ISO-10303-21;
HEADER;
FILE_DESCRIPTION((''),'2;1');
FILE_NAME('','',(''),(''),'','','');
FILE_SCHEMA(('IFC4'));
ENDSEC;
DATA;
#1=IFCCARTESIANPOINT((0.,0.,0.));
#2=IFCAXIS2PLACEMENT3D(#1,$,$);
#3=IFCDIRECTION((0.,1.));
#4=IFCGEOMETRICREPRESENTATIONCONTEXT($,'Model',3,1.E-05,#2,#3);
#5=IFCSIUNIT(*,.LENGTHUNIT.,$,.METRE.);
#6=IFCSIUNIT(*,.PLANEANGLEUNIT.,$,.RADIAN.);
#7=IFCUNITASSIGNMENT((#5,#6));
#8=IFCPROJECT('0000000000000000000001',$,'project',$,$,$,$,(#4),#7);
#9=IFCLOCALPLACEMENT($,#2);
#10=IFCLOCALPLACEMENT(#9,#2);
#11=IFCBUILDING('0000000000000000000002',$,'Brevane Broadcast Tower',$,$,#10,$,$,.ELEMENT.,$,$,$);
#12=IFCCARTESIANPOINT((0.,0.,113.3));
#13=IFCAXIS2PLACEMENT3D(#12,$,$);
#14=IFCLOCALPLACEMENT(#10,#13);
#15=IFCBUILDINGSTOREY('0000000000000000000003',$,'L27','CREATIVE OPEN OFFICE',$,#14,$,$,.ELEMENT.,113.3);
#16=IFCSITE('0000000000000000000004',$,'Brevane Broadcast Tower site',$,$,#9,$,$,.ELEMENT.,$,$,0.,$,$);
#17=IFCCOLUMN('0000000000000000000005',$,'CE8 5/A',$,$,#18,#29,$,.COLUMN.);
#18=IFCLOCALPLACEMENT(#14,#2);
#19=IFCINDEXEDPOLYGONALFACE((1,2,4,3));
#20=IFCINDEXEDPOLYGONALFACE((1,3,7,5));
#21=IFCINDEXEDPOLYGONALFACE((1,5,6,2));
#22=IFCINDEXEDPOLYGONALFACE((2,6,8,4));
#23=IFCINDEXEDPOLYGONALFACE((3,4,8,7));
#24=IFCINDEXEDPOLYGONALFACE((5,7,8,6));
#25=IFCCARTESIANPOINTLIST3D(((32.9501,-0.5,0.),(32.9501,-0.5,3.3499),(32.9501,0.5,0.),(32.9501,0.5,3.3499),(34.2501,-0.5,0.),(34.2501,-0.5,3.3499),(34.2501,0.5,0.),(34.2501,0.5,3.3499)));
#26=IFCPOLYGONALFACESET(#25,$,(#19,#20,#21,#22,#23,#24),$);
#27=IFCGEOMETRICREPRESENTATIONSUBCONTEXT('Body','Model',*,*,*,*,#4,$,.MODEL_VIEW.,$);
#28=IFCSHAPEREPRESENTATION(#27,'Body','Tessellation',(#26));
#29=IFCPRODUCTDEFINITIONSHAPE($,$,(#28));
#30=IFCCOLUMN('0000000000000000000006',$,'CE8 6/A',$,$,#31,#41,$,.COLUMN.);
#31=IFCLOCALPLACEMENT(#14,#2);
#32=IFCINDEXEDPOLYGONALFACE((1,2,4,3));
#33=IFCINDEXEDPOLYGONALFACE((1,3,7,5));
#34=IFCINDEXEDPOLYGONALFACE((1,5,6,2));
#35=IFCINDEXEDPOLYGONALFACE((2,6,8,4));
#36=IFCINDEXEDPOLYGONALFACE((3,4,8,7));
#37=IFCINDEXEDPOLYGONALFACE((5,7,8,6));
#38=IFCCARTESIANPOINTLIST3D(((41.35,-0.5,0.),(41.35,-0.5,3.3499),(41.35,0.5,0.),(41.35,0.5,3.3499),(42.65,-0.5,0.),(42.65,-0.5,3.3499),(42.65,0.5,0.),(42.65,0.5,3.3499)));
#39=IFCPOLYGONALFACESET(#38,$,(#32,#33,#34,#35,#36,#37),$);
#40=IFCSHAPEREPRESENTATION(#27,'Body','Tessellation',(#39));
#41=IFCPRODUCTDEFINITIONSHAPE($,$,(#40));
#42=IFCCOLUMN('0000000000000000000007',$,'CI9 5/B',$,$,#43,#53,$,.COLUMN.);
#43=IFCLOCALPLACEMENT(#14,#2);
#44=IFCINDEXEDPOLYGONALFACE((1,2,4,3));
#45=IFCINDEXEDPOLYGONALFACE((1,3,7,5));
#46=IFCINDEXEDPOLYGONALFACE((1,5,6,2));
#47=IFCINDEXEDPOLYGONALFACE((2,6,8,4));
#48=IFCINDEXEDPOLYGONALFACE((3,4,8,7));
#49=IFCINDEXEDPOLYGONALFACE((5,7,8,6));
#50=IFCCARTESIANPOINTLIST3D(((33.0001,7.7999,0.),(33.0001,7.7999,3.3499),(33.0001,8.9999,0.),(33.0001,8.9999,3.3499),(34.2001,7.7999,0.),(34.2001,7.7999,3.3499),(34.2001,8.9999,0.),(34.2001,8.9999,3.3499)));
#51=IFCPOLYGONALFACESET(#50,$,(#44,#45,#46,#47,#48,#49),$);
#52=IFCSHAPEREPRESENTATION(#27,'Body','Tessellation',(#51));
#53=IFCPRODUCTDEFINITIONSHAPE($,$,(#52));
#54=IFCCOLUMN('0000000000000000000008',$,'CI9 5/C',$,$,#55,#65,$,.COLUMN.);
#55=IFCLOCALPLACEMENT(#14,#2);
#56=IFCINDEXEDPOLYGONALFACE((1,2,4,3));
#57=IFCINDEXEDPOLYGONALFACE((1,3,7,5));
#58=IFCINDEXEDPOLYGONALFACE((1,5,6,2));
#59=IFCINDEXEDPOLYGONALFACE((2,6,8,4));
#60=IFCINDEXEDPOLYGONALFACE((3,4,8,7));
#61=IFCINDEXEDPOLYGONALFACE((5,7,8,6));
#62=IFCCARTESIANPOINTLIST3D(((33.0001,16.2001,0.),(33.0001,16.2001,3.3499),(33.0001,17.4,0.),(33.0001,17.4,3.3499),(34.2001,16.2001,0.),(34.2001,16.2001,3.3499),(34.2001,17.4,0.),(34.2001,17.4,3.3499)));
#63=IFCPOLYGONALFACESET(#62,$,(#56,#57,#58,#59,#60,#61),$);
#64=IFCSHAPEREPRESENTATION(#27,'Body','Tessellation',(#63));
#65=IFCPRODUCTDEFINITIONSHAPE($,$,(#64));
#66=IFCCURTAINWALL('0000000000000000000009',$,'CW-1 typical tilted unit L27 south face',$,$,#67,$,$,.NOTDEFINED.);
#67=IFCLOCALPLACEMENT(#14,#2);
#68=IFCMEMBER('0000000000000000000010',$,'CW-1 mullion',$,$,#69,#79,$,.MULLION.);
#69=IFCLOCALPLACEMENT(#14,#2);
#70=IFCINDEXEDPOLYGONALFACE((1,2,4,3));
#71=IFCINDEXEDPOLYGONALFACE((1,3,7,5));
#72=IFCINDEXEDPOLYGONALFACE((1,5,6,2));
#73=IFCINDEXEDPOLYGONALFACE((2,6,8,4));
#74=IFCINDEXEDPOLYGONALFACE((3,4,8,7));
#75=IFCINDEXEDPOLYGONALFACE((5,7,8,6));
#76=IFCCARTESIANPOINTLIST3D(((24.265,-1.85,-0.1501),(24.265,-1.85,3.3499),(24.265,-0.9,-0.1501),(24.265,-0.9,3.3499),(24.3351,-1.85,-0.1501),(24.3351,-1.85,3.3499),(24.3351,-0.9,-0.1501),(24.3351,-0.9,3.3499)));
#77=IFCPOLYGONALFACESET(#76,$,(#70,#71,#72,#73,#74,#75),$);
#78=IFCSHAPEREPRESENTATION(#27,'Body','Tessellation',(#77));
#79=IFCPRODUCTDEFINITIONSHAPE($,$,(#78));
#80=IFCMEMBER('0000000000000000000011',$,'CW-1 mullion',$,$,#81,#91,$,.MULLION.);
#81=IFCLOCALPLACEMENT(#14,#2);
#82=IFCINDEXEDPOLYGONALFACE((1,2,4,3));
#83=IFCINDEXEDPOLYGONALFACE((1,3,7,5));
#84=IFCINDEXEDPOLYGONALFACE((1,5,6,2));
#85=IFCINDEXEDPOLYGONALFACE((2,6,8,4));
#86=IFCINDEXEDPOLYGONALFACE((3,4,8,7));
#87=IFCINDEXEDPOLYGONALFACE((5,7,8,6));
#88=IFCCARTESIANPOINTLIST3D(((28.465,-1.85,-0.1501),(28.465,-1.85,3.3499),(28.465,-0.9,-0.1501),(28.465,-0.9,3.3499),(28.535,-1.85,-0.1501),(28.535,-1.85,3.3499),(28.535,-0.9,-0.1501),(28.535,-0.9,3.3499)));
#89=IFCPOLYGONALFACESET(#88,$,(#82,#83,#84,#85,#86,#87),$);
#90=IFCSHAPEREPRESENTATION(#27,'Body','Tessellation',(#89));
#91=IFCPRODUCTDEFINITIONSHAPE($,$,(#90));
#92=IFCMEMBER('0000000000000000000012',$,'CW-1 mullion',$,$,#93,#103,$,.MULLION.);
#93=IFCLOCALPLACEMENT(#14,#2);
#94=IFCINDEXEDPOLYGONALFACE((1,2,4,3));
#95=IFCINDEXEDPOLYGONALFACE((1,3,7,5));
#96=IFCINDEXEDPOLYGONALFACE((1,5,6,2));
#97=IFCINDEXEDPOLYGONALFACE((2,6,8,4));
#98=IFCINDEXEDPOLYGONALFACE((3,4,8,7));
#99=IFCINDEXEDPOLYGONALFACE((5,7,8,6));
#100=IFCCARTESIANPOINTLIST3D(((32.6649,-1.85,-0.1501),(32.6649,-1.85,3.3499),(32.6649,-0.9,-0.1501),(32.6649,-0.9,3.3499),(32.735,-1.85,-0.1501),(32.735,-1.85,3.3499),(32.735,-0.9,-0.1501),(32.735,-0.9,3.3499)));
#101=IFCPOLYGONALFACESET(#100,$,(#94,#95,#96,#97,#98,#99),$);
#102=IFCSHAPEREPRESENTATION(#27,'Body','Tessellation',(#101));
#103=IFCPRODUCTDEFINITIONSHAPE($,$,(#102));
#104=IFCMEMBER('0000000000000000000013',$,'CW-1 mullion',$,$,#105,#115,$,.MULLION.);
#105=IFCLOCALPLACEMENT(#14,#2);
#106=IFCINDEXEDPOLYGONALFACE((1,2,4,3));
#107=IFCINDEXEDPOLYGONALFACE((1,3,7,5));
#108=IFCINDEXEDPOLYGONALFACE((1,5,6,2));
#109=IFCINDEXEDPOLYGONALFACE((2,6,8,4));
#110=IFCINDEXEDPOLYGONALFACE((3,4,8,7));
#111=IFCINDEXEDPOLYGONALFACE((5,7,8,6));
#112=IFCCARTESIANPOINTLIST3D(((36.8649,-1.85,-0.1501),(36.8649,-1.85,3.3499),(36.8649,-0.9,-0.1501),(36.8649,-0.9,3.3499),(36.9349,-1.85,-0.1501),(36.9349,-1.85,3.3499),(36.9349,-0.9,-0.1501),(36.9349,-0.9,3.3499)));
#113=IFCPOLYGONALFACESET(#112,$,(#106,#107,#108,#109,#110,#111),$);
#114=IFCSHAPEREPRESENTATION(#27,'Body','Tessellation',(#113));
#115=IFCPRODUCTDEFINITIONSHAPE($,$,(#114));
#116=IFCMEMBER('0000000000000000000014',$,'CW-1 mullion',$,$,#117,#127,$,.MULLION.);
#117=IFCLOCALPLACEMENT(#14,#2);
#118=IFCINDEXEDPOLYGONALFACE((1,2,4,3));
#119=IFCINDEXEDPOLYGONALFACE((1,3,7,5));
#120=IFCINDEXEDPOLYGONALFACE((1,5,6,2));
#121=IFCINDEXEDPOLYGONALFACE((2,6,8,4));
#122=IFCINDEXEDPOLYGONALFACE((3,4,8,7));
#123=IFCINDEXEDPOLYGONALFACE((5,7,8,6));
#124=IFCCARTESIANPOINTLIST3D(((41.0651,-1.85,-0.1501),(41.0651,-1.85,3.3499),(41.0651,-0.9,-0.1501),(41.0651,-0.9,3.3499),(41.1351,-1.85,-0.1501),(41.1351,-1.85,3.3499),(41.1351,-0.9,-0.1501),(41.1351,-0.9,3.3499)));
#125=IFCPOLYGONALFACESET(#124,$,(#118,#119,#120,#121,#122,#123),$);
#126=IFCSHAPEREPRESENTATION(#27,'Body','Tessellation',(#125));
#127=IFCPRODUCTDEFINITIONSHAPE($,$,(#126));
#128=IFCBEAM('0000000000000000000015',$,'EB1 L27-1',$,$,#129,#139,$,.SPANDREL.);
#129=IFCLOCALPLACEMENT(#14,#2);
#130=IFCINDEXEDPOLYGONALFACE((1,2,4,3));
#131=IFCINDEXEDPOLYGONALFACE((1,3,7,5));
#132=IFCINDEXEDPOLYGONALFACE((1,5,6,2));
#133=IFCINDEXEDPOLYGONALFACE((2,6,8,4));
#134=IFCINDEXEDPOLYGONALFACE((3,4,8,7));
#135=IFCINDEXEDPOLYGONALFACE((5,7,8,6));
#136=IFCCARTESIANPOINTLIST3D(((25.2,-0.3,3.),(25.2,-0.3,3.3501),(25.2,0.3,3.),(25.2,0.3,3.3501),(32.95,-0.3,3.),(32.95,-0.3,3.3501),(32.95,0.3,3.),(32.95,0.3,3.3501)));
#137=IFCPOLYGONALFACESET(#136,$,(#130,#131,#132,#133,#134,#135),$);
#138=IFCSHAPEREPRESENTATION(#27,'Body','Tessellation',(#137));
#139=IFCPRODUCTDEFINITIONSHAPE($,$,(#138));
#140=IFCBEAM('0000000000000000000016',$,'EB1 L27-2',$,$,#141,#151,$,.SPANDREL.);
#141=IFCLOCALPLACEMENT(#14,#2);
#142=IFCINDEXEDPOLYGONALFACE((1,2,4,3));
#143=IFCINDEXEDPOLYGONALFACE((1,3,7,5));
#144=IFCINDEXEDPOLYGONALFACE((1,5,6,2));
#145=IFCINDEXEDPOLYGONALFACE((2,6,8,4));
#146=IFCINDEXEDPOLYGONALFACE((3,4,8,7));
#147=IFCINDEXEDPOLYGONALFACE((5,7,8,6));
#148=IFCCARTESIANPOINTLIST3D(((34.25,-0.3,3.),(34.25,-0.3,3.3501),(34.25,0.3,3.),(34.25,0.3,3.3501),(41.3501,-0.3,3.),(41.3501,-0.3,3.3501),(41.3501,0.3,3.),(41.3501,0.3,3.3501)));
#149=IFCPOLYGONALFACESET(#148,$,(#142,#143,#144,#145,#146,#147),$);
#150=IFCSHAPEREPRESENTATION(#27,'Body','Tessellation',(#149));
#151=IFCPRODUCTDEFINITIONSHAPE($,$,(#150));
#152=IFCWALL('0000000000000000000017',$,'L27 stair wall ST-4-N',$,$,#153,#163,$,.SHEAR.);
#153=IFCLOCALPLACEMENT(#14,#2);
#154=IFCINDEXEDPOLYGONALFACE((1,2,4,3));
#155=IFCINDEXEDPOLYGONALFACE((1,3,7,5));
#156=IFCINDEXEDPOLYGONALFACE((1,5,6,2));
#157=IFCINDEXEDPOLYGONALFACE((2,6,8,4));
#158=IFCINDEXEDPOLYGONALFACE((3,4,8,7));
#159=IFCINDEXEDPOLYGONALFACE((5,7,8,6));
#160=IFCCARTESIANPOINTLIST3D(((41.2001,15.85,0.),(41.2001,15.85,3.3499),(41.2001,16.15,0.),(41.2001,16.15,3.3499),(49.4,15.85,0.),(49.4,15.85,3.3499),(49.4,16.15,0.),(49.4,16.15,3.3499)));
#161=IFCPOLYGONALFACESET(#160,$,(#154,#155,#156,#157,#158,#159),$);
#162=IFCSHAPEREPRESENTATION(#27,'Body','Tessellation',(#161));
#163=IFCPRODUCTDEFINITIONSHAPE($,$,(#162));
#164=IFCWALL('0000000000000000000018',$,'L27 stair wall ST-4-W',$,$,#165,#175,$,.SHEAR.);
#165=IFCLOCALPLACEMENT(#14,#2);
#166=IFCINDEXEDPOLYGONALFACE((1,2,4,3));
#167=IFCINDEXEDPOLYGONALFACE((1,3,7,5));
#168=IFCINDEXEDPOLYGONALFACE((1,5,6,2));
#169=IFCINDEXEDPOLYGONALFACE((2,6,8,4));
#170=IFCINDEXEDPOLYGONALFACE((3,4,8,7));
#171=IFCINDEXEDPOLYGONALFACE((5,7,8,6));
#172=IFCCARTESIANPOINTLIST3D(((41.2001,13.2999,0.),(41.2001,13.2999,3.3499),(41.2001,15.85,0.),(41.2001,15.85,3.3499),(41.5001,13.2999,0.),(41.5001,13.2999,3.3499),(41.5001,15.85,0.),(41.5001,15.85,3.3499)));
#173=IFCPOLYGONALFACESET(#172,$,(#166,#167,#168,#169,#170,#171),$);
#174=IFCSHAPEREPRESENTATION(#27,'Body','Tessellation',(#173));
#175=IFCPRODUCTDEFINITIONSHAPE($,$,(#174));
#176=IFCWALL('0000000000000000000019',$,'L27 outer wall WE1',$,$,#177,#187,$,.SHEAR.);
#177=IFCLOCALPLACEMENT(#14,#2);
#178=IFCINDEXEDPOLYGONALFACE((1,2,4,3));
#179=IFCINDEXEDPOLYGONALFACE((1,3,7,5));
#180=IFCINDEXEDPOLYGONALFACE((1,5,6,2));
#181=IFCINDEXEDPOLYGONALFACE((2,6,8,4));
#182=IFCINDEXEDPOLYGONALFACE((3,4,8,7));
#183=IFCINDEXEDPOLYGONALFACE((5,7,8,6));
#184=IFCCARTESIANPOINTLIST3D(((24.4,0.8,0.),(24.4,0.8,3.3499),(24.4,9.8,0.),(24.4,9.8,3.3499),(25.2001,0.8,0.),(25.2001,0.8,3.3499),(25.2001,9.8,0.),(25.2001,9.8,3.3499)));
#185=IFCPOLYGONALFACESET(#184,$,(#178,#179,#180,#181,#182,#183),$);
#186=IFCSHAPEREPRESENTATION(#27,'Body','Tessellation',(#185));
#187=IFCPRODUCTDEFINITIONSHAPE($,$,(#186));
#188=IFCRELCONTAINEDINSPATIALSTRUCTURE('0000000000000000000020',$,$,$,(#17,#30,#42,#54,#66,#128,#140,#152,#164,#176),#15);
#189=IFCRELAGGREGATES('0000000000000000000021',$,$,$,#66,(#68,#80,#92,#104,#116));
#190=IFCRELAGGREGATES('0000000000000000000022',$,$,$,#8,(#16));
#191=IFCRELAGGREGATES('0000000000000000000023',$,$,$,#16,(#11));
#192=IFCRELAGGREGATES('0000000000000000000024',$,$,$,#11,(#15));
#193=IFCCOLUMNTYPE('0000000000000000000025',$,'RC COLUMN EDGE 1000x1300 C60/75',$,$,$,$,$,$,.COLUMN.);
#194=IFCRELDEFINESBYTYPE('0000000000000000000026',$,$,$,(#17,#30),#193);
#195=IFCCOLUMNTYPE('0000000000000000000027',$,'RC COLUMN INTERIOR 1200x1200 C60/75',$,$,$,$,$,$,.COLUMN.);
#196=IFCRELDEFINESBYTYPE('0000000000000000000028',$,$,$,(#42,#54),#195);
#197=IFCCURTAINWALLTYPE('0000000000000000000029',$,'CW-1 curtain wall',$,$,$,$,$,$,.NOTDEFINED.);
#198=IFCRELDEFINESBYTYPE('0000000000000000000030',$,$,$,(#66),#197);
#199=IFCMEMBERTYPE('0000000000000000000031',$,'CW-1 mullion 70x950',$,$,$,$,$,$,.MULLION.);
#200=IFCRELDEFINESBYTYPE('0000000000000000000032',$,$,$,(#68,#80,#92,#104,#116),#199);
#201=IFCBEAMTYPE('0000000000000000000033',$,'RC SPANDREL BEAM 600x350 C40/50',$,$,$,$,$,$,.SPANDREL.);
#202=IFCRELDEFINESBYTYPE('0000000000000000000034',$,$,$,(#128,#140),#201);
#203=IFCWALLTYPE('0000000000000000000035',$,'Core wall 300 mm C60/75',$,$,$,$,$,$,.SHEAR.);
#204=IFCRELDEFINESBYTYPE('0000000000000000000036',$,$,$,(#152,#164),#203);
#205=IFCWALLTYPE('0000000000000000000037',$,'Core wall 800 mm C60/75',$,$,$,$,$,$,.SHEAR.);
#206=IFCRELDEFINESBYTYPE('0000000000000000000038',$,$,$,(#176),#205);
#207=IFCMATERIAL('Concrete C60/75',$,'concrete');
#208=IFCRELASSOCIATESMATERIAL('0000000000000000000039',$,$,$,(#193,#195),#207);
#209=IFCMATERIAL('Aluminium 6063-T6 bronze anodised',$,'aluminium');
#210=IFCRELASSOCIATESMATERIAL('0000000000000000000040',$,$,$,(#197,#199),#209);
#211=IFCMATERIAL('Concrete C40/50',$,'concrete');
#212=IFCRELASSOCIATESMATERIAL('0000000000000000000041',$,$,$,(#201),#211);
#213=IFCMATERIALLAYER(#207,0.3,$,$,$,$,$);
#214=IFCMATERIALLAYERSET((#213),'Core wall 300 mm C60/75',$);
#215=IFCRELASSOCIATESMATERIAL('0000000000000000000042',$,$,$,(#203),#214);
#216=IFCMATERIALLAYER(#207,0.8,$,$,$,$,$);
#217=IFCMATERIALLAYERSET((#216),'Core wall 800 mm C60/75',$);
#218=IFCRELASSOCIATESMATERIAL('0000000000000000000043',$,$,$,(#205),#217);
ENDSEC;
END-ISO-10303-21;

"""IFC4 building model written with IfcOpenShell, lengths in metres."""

from ifc_helpers import new_model, si_unit, direction, frame, frame_2d, origin, origin_2d, place, context, subcontext, project, spatial, rectangle, extrude, material, layer, layer_set, material_profile, profile_set, type_object, element, aggregate, save


model = new_model("IFC4")

# Units and contexts
model_context = context("Model", 3, precision=1e-05, world=origin(), true_north=direction((0.0, 1.0)))
body_context = subcontext(model_context, "Body", "Model", "MODEL_VIEW")
ifc_project = project(units=[si_unit("LENGTHUNIT", "METRE"), si_unit("PLANEANGLEUNIT", "RADIAN")], contexts=[model_context])

# Site, building, storey
site_placement = place(None, origin())
site = spatial("IfcSite", under=ifc_project, at=site_placement, Name="Brevane Broadcast Tower site", CompositionType="ELEMENT", RefElevation=0.0)
building_placement = place(site_placement, origin())
building = spatial("IfcBuilding", under=site, at=building_placement, Name="Brevane Broadcast Tower", CompositionType="ELEMENT")
storey_placement = place(building_placement, frame((0.0, 0.0, 113.3)))
storey = spatial("IfcBuildingStorey", under=building, at=storey_placement, Name="L27", Description="CREATIVE OPEN OFFICE", CompositionType="ELEMENT", Elevation=113.3)

# Columns
ifc_material_1 = material(Name="Concrete C60/75", Category="concrete")
ifc_material_profile_1 = material_profile(ifc_material_1, rectangle(XDim=1.0, YDim=1.3, at=origin_2d()), Name="RC 1000x1300")
ifc_profile_set_1 = profile_set([ifc_material_profile_1], Name="Concrete C60/75")
column_type_1 = type_object("IfcColumnType", Name="RC COLUMN EDGE 1000x1300 C60/75", PredefinedType="COLUMN", material=ifc_profile_set_1)
for number, where, z_axis, x_axis, name in (
    (1, (33.6001, 0.0, 0.0), (0.0, 0.0, 1.0), (0.0, 1.0, 0.0), "CE8 5/A"),
    (2, (42.0, 0.0, 0.0), (0.0, 0.0, 1.0), (0.0, 1.0, 0.0), "CE8 6/A"),
):
    element("IfcColumn", number, at=place(storey_placement, frame(where, z_axis=z_axis, x_axis=x_axis)), inside=storey, type_object=column_type_1, Name=name, PredefinedType="COLUMN", context=body_context, shape_type="SweptSolid", body=[
        extrude(rectangle(XDim=1.0, YDim=1.3, at=origin_2d()), origin(), (0.0, 0.0, 1.0), 3.3499),
    ])
ifc_material_profile_2 = material_profile(ifc_material_1, rectangle(XDim=1.2, YDim=1.2, at=origin_2d()), Name="RC 1200x1200")
ifc_profile_set_2 = profile_set([ifc_material_profile_2], Name="Concrete C60/75")
column_type_2 = type_object("IfcColumnType", Name="RC COLUMN INTERIOR 1200x1200 C60/75", PredefinedType="COLUMN", material=ifc_profile_set_2)
for number, where, z_axis, x_axis, name in (
    (3, (33.6001, 8.3999, 0.0), (0.0, 0.0, 1.0), (1.0, 0.0, 0.0), "CI9 5/B"),
    (4, (33.6001, 16.8, 0.0), (0.0, 0.0, 1.0), (1.0, 0.0, 0.0), "CI9 5/C"),
):
    element("IfcColumn", number, at=place(storey_placement, frame(where, z_axis=z_axis, x_axis=x_axis)), inside=storey, type_object=column_type_2, Name=name, PredefinedType="COLUMN", context=body_context, shape_type="SweptSolid", body=[
        extrude(rectangle(XDim=1.2, YDim=1.2, at=origin_2d()), origin(), (0.0, 0.0, 1.0), 3.3499),
    ])

# Curtain wall, members
ifc_material_2 = material(Name="Aluminium 6063-T6 bronze anodised", Category="aluminium")
curtain_wall_type = type_object("IfcCurtainWallType", Name="CW-1 curtain wall", PredefinedType="NOTDEFINED", material=ifc_material_2)
curtain_wall_placement = place(storey_placement, origin())
curtain_wall = element("IfcCurtainWall", 5, at=curtain_wall_placement, inside=storey, type_object=curtain_wall_type, Name="CW-1 typical tilted unit L27 south face", PredefinedType="NOTDEFINED")
ifc_material_profile_3 = material_profile(ifc_material_2, rectangle(XDim=0.95, YDim=0.0701, at=origin_2d()), Name="RECT 70x950")
ifc_profile_set_3 = profile_set([ifc_material_profile_3], Name="Aluminium 6063-T6 bronze anodised")
member_type = type_object("IfcMemberType", Name="CW-1 mullion 70x950", PredefinedType="MULLION", material=ifc_profile_set_3)
member_1_placement = place(storey_placement, frame((24.3, -1.375, -0.1501), z_axis=(0.0, 0.0, 1.0), x_axis=(0.0, 1.0, 0.0)))
member_1 = element("IfcMember", 6, at=member_1_placement, type_object=member_type, Name="CW-1 mullion", PredefinedType="MULLION", context=body_context, shape_type="SweptSolid", body=[
    extrude(rectangle(XDim=0.95, YDim=0.0701, at=origin_2d()), origin(), (0.0, 0.0, 1.0), 3.5),
])
member_2_placement = place(storey_placement, frame((28.5, -1.375, -0.1501), z_axis=(0.0, 0.0, 1.0), x_axis=(0.0, 1.0, 0.0)))
member_2 = element("IfcMember", 7, at=member_2_placement, type_object=member_type, Name="CW-1 mullion", PredefinedType="MULLION", context=body_context, shape_type="SweptSolid", body=[
    extrude(rectangle(XDim=0.95, YDim=0.0701, at=origin_2d()), origin(), (0.0, 0.0, 1.0), 3.5),
])
member_3_placement = place(storey_placement, frame((32.7, -1.375, -0.1501), z_axis=(0.0, 0.0, 1.0), x_axis=(0.0, 1.0, 0.0)))
member_3 = element("IfcMember", 8, at=member_3_placement, type_object=member_type, Name="CW-1 mullion", PredefinedType="MULLION", context=body_context, shape_type="SweptSolid", body=[
    extrude(rectangle(XDim=0.95, YDim=0.0701, at=origin_2d()), origin(), (0.0, 0.0, 1.0), 3.5),
])
member_4_placement = place(storey_placement, frame((36.8999, -1.375, -0.1501), z_axis=(0.0, 0.0, 1.0), x_axis=(0.0, 1.0, 0.0)))
member_4 = element("IfcMember", 9, at=member_4_placement, type_object=member_type, Name="CW-1 mullion", PredefinedType="MULLION", context=body_context, shape_type="SweptSolid", body=[
    extrude(rectangle(XDim=0.95, YDim=0.0701, at=origin_2d()), origin(), (0.0, 0.0, 1.0), 3.5),
])
member_5_placement = place(storey_placement, frame((41.1001, -1.375, -0.1501), z_axis=(0.0, 0.0, 1.0), x_axis=(0.0, 1.0, 0.0)))
member_5 = element("IfcMember", 10, at=member_5_placement, type_object=member_type, Name="CW-1 mullion", PredefinedType="MULLION", context=body_context, shape_type="SweptSolid", body=[
    extrude(rectangle(XDim=0.95, YDim=0.0701, at=origin_2d()), origin(), (0.0, 0.0, 1.0), 3.5),
])
aggregate(curtain_wall, [member_1, member_2, member_3, member_4, member_5])

# Beams
ifc_material_3 = material(Name="Concrete C40/50", Category="concrete")
ifc_material_profile_4 = material_profile(ifc_material_3, rectangle(XDim=0.6001, YDim=0.3501, at=origin_2d()), Name="RC 600x350")
ifc_profile_set_4 = profile_set([ifc_material_profile_4], Name="Concrete C40/50")
beam_type = type_object("IfcBeamType", Name="RC SPANDREL BEAM 600x350 C40/50", PredefinedType="SPANDREL", material=ifc_profile_set_4)
beam_1_placement = place(storey_placement, frame((25.2, 0.0, 3.175), z_axis=(1.0, 0.0, 0.0), x_axis=(0.0, 1.0, 0.0)))
element("IfcBeam", 11, at=beam_1_placement, inside=storey, type_object=beam_type, Name="EB1 L27-1", PredefinedType="SPANDREL", context=body_context, shape_type="SweptSolid", body=[
    extrude(rectangle(XDim=0.6001, YDim=0.3501, at=origin_2d()), origin(), (0.0, 0.0, 1.0), 7.75),
])
beam_2_placement = place(storey_placement, frame((34.25, 0.0, 3.175), z_axis=(1.0, 0.0, 0.0), x_axis=(0.0, 1.0, 0.0)))
element("IfcBeam", 12, at=beam_2_placement, inside=storey, type_object=beam_type, Name="EB1 L27-2", PredefinedType="SPANDREL", context=body_context, shape_type="SweptSolid", body=[
    extrude(rectangle(XDim=0.6001, YDim=0.3501, at=origin_2d()), origin(), (0.0, 0.0, 1.0), 7.1001),
])

# Walls
ifc_layer_1 = layer(ifc_material_1, 0.3)
ifc_layer_set_1 = layer_set([ifc_layer_1], Name="Core wall 300 mm C60/75")
wall_type_1 = type_object("IfcWallType", Name="Core wall 300 mm C60/75", PredefinedType="SHEAR", material=ifc_layer_set_1)
wall_1_placement = place(storey_placement, frame((41.2, 16.0, 0.0), z_axis=(0.0, 0.0, 1.0), x_axis=(1.0, 0.0, 0.0)))
element("IfcWall", 13, at=wall_1_placement, inside=storey, type_object=wall_type_1, Name="L27 stair wall ST-4-N", PredefinedType="SHEAR", context=body_context, shape_type="SweptSolid", body=[
    extrude(rectangle(XDim=8.2, YDim=0.3, at=frame_2d((4.1001, 0.0))), origin(), (0.0, 0.0, 1.0), 3.3499),
])
wall_2_placement = place(storey_placement, frame((41.3501, 13.3, 0.0), z_axis=(0.0, 0.0, 1.0), x_axis=(0.0, 1.0, 0.0)))
element("IfcWall", 14, at=wall_2_placement, inside=storey, type_object=wall_type_1, Name="L27 stair wall ST-4-W", PredefinedType="SHEAR", context=body_context, shape_type="SweptSolid", body=[
    extrude(rectangle(XDim=2.55, YDim=0.3, at=frame_2d((1.2749, 0.0))), origin(), (0.0, 0.0, 1.0), 3.3499),
])
ifc_layer_2 = layer(ifc_material_1, 0.8)
ifc_layer_set_2 = layer_set([ifc_layer_2], Name="Core wall 800 mm C60/75")
wall_type_2 = type_object("IfcWallType", Name="Core wall 800 mm C60/75", PredefinedType="SHEAR", material=ifc_layer_set_2)
wall_3_placement = place(storey_placement, frame((24.8, 0.8, 0.0), z_axis=(0.0, 0.0, 1.0), x_axis=(0.0, 1.0, 0.0)))
element("IfcWall", 15, at=wall_3_placement, inside=storey, type_object=wall_type_2, Name="L27 outer wall WE1", PredefinedType="SHEAR", context=body_context, shape_type="SweptSolid", body=[
    extrude(rectangle(XDim=9.0, YDim=0.8, at=frame_2d((4.5, 0.0))), origin(), (0.0, 0.0, 1.0), 3.3499),
])

save(model, "model.ifc")
